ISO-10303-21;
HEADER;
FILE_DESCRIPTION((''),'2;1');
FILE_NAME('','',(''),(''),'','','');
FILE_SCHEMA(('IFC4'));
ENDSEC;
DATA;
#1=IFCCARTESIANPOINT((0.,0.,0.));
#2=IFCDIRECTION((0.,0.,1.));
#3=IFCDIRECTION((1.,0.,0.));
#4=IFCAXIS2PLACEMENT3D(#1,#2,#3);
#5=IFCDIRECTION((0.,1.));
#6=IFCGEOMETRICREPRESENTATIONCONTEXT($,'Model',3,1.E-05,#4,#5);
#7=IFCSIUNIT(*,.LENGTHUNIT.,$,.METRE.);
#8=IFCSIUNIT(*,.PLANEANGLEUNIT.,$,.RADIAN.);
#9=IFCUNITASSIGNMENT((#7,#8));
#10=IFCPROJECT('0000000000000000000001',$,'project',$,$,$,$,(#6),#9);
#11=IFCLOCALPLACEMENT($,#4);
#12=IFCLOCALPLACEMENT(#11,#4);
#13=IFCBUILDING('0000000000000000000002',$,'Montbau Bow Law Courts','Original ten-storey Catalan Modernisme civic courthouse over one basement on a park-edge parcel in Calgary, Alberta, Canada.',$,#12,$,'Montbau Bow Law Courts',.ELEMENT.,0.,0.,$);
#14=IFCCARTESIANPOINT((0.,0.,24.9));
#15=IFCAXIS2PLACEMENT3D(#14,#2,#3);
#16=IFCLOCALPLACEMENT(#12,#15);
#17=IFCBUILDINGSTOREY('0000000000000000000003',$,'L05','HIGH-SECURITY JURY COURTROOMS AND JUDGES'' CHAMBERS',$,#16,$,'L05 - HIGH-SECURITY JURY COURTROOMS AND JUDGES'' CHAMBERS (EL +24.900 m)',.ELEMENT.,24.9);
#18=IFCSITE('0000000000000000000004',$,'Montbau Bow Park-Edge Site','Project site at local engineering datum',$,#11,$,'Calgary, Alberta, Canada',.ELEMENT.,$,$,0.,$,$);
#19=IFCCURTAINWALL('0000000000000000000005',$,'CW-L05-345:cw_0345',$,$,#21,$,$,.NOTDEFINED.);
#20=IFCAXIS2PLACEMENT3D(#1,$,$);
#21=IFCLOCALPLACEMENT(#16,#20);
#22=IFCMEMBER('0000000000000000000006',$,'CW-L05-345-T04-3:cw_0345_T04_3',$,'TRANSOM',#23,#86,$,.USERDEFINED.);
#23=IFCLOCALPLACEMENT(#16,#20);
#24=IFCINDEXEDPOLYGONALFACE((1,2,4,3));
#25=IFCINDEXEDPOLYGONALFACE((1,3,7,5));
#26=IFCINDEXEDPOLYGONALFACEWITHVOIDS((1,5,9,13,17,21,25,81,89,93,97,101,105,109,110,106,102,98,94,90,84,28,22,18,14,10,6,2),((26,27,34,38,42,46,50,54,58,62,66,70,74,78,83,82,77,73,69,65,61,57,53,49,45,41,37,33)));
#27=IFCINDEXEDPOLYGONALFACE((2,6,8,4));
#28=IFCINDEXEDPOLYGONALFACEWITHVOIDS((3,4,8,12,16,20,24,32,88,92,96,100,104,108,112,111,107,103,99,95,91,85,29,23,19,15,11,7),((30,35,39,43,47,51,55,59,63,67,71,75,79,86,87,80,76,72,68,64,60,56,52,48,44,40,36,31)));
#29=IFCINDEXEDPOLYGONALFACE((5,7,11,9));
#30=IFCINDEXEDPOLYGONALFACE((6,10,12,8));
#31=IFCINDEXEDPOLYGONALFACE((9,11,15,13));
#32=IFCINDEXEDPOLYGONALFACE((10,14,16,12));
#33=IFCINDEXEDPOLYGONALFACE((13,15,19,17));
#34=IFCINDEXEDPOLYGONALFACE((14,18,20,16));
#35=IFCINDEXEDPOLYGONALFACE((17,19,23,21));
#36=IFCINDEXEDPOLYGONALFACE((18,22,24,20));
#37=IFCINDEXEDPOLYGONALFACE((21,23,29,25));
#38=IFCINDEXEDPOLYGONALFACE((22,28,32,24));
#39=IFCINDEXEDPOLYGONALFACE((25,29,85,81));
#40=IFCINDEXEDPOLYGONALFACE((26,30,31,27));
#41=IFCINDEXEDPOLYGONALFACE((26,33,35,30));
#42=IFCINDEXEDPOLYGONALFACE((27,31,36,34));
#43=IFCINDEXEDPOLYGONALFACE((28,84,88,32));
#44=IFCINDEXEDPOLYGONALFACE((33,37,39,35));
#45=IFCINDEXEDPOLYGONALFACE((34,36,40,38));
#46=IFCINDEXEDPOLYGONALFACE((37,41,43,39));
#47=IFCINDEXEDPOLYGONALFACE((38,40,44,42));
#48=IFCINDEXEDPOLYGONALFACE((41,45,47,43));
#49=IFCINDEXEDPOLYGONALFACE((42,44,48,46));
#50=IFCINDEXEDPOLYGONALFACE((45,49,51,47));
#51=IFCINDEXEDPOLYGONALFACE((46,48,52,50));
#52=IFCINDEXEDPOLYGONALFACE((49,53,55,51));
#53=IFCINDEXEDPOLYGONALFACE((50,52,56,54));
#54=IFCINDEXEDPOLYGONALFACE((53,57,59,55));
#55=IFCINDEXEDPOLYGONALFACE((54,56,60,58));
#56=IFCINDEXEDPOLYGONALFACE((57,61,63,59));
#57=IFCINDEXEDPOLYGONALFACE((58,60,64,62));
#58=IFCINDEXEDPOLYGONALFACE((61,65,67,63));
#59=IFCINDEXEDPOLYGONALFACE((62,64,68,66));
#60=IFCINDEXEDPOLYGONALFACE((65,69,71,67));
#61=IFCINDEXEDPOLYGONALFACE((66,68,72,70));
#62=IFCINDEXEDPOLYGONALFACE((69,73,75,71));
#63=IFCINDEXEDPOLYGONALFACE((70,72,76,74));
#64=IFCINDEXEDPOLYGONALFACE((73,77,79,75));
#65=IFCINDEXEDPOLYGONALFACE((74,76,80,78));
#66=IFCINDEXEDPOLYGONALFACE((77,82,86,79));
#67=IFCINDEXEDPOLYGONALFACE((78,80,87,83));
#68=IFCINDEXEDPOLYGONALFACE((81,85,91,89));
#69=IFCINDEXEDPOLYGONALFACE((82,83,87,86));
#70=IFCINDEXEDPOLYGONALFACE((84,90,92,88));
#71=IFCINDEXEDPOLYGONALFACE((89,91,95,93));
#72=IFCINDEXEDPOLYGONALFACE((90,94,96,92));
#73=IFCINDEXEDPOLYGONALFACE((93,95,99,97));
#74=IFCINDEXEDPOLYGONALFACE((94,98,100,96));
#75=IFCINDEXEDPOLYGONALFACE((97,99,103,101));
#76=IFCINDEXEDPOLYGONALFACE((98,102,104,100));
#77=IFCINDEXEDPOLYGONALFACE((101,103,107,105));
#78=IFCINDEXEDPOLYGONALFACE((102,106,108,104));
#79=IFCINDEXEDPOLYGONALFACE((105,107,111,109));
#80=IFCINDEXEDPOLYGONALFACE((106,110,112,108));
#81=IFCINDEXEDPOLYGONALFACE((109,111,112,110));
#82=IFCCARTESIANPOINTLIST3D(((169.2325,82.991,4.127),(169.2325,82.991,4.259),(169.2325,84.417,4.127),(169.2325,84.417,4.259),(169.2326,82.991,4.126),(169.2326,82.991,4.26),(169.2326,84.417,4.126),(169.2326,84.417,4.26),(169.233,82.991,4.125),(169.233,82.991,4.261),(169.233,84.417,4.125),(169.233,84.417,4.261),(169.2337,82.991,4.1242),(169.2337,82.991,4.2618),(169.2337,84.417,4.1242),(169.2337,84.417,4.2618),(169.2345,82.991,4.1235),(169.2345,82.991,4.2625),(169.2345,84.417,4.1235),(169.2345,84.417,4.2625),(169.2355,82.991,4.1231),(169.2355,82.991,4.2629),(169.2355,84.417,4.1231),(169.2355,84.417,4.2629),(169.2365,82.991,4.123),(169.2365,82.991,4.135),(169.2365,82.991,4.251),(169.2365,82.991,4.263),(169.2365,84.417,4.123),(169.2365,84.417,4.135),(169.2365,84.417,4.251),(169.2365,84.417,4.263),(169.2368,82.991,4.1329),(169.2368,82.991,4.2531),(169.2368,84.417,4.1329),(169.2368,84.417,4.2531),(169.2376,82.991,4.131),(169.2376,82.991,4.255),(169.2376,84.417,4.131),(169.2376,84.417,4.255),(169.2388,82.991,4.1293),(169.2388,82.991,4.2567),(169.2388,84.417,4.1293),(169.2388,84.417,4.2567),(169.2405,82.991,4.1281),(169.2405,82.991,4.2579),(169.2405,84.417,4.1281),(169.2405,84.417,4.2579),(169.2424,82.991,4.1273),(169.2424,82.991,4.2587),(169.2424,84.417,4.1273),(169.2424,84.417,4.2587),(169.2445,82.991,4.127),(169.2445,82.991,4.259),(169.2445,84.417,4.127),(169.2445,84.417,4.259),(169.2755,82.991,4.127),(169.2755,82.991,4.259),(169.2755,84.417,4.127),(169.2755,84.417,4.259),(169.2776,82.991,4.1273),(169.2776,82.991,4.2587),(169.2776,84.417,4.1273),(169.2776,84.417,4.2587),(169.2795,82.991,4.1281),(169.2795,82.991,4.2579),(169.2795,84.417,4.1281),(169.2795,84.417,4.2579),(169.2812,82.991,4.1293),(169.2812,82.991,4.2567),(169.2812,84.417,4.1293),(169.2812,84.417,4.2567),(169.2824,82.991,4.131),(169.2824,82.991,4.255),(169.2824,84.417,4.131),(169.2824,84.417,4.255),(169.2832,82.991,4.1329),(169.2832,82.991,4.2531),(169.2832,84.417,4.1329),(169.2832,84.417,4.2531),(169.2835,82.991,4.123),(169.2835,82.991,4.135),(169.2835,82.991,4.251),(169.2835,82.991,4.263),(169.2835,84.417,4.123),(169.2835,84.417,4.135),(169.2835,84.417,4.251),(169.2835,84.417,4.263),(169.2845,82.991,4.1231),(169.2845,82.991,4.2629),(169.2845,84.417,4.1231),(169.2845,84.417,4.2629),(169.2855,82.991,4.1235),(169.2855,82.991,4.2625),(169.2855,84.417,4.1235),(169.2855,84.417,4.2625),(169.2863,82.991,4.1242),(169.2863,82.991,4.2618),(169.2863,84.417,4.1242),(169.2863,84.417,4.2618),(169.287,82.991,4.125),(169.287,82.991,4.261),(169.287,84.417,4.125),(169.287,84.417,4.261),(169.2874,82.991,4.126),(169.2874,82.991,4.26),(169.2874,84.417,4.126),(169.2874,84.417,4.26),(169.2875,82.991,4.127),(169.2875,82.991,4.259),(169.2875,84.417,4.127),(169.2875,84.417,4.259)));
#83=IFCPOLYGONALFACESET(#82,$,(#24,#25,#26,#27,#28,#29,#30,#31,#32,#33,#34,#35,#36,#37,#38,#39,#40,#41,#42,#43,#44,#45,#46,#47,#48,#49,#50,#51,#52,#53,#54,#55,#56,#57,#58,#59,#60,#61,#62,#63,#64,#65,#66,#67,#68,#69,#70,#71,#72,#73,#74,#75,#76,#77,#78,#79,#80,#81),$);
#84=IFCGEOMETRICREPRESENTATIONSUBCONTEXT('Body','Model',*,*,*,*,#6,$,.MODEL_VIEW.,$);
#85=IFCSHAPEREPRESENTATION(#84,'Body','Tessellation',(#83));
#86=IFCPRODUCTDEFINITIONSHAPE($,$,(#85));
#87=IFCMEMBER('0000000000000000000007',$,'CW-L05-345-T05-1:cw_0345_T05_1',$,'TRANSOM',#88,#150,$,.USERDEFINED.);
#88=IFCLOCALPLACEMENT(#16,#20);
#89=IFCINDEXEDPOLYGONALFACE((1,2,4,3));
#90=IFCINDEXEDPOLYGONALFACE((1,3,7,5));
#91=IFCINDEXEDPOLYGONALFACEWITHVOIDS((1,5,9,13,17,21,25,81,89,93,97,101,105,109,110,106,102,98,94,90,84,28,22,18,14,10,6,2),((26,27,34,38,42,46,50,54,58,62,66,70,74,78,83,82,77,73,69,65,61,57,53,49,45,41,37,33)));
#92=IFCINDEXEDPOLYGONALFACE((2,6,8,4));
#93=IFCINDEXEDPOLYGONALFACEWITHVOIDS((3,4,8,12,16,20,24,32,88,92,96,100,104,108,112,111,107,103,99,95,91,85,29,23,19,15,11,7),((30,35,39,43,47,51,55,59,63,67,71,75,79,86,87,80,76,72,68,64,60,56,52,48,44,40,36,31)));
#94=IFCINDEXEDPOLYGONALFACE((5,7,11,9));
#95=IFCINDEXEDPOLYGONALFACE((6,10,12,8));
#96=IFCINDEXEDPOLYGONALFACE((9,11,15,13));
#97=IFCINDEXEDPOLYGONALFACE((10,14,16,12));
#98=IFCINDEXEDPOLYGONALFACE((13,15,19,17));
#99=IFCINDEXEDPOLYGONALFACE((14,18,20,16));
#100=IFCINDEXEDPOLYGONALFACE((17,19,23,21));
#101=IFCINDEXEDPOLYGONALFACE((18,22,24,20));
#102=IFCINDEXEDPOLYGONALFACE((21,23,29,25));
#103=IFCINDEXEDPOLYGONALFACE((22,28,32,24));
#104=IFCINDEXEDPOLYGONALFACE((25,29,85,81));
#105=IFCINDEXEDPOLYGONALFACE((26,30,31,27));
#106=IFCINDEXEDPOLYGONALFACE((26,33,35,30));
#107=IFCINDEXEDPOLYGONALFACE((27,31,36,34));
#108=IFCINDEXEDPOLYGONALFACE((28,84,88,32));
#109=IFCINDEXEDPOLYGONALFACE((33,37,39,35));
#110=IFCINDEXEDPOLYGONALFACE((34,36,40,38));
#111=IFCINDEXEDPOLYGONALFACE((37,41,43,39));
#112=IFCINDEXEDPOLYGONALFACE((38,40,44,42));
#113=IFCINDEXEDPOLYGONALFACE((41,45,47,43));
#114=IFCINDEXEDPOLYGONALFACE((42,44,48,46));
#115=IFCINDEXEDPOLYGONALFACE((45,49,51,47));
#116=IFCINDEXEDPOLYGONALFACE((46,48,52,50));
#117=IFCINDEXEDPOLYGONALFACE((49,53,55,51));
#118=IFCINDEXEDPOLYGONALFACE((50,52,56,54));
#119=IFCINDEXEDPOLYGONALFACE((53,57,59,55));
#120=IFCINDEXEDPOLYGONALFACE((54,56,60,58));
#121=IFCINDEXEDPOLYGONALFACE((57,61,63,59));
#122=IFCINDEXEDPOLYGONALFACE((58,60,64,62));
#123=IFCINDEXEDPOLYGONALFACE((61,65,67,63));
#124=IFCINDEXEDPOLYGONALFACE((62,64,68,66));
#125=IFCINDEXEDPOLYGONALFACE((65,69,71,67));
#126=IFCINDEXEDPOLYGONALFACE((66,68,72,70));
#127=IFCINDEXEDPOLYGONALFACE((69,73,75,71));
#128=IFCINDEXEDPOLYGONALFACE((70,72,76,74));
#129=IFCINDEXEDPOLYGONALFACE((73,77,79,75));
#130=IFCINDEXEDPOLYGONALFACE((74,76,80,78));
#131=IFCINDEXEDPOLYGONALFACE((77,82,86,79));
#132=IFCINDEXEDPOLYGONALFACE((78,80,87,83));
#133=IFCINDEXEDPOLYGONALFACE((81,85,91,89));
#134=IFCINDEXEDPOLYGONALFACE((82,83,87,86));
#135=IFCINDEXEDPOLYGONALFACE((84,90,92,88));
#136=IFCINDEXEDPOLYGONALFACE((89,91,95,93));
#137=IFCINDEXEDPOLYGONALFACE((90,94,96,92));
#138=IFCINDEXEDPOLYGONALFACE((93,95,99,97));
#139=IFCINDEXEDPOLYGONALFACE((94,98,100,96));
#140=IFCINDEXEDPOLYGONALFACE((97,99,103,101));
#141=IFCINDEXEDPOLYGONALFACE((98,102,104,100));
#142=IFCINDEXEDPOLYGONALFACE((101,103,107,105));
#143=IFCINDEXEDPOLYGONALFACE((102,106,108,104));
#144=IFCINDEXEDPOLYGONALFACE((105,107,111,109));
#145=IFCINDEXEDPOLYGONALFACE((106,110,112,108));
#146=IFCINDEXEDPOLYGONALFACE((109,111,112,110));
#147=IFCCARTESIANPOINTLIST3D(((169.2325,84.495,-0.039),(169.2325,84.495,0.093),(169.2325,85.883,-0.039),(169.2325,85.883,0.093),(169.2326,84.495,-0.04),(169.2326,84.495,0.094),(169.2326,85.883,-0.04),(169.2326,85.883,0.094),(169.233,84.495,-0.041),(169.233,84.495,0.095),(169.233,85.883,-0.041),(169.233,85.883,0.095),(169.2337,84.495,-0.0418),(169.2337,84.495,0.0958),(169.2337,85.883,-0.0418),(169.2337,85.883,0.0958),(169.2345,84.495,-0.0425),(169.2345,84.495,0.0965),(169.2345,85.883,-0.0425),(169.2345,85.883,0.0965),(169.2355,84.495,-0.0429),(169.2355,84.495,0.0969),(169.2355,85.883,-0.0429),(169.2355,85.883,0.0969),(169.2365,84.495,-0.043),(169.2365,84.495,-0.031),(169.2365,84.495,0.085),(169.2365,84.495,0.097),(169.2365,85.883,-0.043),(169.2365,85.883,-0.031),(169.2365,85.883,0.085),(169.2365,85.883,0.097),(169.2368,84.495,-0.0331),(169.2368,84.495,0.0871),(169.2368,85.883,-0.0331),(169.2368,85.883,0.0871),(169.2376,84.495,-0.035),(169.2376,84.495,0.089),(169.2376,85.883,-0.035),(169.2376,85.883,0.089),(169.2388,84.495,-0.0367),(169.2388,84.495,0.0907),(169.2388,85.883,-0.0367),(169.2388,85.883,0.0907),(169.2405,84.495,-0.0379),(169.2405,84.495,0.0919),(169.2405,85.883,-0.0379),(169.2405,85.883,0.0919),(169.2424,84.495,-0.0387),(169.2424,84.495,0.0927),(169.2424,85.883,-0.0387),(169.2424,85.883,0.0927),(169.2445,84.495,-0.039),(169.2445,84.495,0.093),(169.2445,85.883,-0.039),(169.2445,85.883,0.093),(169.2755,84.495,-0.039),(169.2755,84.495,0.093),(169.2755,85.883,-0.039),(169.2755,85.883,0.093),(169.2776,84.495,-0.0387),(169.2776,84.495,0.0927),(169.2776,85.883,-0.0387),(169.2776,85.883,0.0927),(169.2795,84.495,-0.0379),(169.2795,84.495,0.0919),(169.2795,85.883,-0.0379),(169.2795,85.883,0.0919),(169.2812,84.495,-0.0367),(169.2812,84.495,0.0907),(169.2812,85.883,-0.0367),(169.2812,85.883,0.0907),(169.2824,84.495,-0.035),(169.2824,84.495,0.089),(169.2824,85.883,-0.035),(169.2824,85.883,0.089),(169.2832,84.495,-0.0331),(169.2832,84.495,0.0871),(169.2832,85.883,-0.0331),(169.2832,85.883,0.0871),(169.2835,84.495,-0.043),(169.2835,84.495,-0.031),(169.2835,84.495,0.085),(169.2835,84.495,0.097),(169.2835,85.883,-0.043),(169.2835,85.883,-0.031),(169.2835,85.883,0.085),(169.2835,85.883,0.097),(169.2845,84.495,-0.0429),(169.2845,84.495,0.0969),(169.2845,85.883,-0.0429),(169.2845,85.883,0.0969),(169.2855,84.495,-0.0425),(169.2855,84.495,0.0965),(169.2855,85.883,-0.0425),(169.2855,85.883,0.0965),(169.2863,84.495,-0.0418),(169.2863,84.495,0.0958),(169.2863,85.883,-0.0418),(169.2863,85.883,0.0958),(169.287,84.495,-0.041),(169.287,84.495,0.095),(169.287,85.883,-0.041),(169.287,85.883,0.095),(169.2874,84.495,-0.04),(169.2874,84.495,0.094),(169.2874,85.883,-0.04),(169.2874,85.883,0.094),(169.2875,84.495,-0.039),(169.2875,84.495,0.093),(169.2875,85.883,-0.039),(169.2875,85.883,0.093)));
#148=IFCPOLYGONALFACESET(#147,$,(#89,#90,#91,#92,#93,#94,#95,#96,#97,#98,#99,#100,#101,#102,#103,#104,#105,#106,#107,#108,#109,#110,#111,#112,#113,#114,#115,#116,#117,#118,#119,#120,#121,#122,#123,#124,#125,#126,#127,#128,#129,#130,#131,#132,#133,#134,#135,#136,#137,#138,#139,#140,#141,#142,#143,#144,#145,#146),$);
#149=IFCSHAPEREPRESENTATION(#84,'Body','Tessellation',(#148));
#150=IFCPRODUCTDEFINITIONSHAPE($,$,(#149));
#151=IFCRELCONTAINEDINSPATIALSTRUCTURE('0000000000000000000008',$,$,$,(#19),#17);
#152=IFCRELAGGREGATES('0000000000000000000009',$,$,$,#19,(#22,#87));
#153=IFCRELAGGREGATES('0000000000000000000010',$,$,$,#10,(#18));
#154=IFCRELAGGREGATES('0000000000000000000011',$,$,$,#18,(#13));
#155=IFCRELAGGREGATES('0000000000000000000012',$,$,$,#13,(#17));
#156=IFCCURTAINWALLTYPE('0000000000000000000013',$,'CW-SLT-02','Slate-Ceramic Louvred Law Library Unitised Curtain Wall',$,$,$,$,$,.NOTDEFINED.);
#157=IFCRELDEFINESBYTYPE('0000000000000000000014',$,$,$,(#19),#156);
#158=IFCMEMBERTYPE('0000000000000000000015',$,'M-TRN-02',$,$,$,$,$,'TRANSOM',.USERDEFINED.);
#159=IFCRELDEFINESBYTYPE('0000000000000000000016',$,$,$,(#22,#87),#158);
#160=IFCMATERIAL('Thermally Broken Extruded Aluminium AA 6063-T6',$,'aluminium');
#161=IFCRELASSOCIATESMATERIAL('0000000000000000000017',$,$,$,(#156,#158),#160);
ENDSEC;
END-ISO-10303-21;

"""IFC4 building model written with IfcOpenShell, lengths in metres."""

from ifc_helpers import new_model, si_unit, direction, frame, origin_with_axes, origin_2d_with_axis, place, context, subcontext, project, spatial, hollow_rectangle, extrude, material, material_profile, profile_set, type_object, element, aggregate, save


model = new_model("IFC4")

# Units and contexts
model_context = context("Model", 3, precision=1e-05, world=origin_with_axes(), true_north=direction((0.0, 1.0)))
body_context = subcontext(model_context, "Body", "Model", "MODEL_VIEW")
ifc_project = project(units=[si_unit("LENGTHUNIT", "METRE"), si_unit("PLANEANGLEUNIT", "RADIAN")], contexts=[model_context])

# Site, building, storey
site_placement = place(None, origin_with_axes())
site = spatial("IfcSite", under=ifc_project, at=site_placement, Name="Montbau Bow Park-Edge Site", Description="Project site at local engineering datum", LongName="Calgary, Alberta, Canada", CompositionType="ELEMENT", RefElevation=0.0)
building_placement = place(site_placement, origin_with_axes())
building = spatial("IfcBuilding", under=site, at=building_placement, Name="Montbau Bow Law Courts", Description="Original ten-storey Catalan Modernisme civic courthouse over one basement on a park-edge parcel in Calgary, Alberta, Canada.", LongName="Montbau Bow Law Courts", CompositionType="ELEMENT", ElevationOfRefHeight=0.0, ElevationOfTerrain=0.0)
storey_placement = place(building_placement, frame((0.0, 0.0, 24.9), z_axis=(0.0, 0.0, 1.0), x_axis=(1.0, 0.0, 0.0)))
storey = spatial("IfcBuildingStorey", under=building, at=storey_placement, Name="L05", Description="HIGH-SECURITY JURY COURTROOMS AND JUDGES' CHAMBERS", LongName="L05 - HIGH-SECURITY JURY COURTROOMS AND JUDGES' CHAMBERS (EL +24.900 m)", CompositionType="ELEMENT", Elevation=24.9)

# Curtain wall
ifc_material_1 = material(Name="Thermally Broken Extruded Aluminium AA 6063-T6", Category="aluminium")
curtain_wall_type = type_object("IfcCurtainWallType", Name="CW-SLT-02", Description="Slate-Ceramic Louvred Law Library Unitised Curtain Wall", PredefinedType="NOTDEFINED", material=ifc_material_1)
curtain_wall_1_placement = place(None, frame((169.26, 78.44, 24.9), z_axis=(0.0, 0.0, 1.0), x_axis=(1.0, 0.0, 0.0)))
curtain_wall_1 = element("IfcCurtainWall", 1, at=curtain_wall_1_placement, inside=storey, type_object=curtain_wall_type, Name="CW-L05-345:cw_0345", PredefinedType="NOTDEFINED")

# Members
ifc_material_profile_1 = material_profile(ifc_material_1, hollow_rectangle(XDim=0.055, YDim=0.14, WallThickness=0.004, InnerFilletRadius=0.008, OuterFilletRadius=0.004, at=origin_2d_with_axis()), Name="CWT-140X55", Category="Main", Priority=0)
ifc_profile_set_1 = profile_set([ifc_material_profile_1], Name="Thermally Broken Extruded Aluminium AA 6063-T6")
member_type_1 = type_object("IfcMemberType", Name="M-TRN-02", ElementType="TRANSOM", PredefinedType="USERDEFINED", material=ifc_profile_set_1)
member_1_placement = place(None, frame((169.26, 82.991, 29.093), z_axis=(0.0, 1.0, 0.0), x_axis=(-1.0, 0.0, 0.0)))
member_1 = element("IfcMember", 2, at=member_1_placement, type_object=member_type_1, Name="CW-L05-345-T04-3:cw_0345_T04_3", ObjectType="TRANSOM", PredefinedType="USERDEFINED", context=body_context, shape_type="SweptSolid", body=[
    extrude(hollow_rectangle(XDim=0.055, YDim=0.14, WallThickness=0.004, InnerFilletRadius=0.008, OuterFilletRadius=0.004, at=origin_2d_with_axis()), origin_with_axes(), (0.0, 0.0, 1.0), 1.426),
])
member_2_placement = place(None, frame((169.26, 84.495, 24.927), z_axis=(0.0, 1.0, 0.0), x_axis=(-1.0, 0.0, 0.0)))
member_2 = element("IfcMember", 3, at=member_2_placement, type_object=member_type_1, Name="CW-L05-345-T05-1:cw_0345_T05_1", ObjectType="TRANSOM", PredefinedType="USERDEFINED", context=body_context, shape_type="SweptSolid", body=[
    extrude(hollow_rectangle(XDim=0.055, YDim=0.14, WallThickness=0.004, InnerFilletRadius=0.008, OuterFilletRadius=0.004, at=origin_2d_with_axis()), origin_with_axes(), (0.0, 0.0, 1.0), 1.388),
])

aggregate(curtain_wall_1, [member_1, member_2])

save(model, "model.ifc")
